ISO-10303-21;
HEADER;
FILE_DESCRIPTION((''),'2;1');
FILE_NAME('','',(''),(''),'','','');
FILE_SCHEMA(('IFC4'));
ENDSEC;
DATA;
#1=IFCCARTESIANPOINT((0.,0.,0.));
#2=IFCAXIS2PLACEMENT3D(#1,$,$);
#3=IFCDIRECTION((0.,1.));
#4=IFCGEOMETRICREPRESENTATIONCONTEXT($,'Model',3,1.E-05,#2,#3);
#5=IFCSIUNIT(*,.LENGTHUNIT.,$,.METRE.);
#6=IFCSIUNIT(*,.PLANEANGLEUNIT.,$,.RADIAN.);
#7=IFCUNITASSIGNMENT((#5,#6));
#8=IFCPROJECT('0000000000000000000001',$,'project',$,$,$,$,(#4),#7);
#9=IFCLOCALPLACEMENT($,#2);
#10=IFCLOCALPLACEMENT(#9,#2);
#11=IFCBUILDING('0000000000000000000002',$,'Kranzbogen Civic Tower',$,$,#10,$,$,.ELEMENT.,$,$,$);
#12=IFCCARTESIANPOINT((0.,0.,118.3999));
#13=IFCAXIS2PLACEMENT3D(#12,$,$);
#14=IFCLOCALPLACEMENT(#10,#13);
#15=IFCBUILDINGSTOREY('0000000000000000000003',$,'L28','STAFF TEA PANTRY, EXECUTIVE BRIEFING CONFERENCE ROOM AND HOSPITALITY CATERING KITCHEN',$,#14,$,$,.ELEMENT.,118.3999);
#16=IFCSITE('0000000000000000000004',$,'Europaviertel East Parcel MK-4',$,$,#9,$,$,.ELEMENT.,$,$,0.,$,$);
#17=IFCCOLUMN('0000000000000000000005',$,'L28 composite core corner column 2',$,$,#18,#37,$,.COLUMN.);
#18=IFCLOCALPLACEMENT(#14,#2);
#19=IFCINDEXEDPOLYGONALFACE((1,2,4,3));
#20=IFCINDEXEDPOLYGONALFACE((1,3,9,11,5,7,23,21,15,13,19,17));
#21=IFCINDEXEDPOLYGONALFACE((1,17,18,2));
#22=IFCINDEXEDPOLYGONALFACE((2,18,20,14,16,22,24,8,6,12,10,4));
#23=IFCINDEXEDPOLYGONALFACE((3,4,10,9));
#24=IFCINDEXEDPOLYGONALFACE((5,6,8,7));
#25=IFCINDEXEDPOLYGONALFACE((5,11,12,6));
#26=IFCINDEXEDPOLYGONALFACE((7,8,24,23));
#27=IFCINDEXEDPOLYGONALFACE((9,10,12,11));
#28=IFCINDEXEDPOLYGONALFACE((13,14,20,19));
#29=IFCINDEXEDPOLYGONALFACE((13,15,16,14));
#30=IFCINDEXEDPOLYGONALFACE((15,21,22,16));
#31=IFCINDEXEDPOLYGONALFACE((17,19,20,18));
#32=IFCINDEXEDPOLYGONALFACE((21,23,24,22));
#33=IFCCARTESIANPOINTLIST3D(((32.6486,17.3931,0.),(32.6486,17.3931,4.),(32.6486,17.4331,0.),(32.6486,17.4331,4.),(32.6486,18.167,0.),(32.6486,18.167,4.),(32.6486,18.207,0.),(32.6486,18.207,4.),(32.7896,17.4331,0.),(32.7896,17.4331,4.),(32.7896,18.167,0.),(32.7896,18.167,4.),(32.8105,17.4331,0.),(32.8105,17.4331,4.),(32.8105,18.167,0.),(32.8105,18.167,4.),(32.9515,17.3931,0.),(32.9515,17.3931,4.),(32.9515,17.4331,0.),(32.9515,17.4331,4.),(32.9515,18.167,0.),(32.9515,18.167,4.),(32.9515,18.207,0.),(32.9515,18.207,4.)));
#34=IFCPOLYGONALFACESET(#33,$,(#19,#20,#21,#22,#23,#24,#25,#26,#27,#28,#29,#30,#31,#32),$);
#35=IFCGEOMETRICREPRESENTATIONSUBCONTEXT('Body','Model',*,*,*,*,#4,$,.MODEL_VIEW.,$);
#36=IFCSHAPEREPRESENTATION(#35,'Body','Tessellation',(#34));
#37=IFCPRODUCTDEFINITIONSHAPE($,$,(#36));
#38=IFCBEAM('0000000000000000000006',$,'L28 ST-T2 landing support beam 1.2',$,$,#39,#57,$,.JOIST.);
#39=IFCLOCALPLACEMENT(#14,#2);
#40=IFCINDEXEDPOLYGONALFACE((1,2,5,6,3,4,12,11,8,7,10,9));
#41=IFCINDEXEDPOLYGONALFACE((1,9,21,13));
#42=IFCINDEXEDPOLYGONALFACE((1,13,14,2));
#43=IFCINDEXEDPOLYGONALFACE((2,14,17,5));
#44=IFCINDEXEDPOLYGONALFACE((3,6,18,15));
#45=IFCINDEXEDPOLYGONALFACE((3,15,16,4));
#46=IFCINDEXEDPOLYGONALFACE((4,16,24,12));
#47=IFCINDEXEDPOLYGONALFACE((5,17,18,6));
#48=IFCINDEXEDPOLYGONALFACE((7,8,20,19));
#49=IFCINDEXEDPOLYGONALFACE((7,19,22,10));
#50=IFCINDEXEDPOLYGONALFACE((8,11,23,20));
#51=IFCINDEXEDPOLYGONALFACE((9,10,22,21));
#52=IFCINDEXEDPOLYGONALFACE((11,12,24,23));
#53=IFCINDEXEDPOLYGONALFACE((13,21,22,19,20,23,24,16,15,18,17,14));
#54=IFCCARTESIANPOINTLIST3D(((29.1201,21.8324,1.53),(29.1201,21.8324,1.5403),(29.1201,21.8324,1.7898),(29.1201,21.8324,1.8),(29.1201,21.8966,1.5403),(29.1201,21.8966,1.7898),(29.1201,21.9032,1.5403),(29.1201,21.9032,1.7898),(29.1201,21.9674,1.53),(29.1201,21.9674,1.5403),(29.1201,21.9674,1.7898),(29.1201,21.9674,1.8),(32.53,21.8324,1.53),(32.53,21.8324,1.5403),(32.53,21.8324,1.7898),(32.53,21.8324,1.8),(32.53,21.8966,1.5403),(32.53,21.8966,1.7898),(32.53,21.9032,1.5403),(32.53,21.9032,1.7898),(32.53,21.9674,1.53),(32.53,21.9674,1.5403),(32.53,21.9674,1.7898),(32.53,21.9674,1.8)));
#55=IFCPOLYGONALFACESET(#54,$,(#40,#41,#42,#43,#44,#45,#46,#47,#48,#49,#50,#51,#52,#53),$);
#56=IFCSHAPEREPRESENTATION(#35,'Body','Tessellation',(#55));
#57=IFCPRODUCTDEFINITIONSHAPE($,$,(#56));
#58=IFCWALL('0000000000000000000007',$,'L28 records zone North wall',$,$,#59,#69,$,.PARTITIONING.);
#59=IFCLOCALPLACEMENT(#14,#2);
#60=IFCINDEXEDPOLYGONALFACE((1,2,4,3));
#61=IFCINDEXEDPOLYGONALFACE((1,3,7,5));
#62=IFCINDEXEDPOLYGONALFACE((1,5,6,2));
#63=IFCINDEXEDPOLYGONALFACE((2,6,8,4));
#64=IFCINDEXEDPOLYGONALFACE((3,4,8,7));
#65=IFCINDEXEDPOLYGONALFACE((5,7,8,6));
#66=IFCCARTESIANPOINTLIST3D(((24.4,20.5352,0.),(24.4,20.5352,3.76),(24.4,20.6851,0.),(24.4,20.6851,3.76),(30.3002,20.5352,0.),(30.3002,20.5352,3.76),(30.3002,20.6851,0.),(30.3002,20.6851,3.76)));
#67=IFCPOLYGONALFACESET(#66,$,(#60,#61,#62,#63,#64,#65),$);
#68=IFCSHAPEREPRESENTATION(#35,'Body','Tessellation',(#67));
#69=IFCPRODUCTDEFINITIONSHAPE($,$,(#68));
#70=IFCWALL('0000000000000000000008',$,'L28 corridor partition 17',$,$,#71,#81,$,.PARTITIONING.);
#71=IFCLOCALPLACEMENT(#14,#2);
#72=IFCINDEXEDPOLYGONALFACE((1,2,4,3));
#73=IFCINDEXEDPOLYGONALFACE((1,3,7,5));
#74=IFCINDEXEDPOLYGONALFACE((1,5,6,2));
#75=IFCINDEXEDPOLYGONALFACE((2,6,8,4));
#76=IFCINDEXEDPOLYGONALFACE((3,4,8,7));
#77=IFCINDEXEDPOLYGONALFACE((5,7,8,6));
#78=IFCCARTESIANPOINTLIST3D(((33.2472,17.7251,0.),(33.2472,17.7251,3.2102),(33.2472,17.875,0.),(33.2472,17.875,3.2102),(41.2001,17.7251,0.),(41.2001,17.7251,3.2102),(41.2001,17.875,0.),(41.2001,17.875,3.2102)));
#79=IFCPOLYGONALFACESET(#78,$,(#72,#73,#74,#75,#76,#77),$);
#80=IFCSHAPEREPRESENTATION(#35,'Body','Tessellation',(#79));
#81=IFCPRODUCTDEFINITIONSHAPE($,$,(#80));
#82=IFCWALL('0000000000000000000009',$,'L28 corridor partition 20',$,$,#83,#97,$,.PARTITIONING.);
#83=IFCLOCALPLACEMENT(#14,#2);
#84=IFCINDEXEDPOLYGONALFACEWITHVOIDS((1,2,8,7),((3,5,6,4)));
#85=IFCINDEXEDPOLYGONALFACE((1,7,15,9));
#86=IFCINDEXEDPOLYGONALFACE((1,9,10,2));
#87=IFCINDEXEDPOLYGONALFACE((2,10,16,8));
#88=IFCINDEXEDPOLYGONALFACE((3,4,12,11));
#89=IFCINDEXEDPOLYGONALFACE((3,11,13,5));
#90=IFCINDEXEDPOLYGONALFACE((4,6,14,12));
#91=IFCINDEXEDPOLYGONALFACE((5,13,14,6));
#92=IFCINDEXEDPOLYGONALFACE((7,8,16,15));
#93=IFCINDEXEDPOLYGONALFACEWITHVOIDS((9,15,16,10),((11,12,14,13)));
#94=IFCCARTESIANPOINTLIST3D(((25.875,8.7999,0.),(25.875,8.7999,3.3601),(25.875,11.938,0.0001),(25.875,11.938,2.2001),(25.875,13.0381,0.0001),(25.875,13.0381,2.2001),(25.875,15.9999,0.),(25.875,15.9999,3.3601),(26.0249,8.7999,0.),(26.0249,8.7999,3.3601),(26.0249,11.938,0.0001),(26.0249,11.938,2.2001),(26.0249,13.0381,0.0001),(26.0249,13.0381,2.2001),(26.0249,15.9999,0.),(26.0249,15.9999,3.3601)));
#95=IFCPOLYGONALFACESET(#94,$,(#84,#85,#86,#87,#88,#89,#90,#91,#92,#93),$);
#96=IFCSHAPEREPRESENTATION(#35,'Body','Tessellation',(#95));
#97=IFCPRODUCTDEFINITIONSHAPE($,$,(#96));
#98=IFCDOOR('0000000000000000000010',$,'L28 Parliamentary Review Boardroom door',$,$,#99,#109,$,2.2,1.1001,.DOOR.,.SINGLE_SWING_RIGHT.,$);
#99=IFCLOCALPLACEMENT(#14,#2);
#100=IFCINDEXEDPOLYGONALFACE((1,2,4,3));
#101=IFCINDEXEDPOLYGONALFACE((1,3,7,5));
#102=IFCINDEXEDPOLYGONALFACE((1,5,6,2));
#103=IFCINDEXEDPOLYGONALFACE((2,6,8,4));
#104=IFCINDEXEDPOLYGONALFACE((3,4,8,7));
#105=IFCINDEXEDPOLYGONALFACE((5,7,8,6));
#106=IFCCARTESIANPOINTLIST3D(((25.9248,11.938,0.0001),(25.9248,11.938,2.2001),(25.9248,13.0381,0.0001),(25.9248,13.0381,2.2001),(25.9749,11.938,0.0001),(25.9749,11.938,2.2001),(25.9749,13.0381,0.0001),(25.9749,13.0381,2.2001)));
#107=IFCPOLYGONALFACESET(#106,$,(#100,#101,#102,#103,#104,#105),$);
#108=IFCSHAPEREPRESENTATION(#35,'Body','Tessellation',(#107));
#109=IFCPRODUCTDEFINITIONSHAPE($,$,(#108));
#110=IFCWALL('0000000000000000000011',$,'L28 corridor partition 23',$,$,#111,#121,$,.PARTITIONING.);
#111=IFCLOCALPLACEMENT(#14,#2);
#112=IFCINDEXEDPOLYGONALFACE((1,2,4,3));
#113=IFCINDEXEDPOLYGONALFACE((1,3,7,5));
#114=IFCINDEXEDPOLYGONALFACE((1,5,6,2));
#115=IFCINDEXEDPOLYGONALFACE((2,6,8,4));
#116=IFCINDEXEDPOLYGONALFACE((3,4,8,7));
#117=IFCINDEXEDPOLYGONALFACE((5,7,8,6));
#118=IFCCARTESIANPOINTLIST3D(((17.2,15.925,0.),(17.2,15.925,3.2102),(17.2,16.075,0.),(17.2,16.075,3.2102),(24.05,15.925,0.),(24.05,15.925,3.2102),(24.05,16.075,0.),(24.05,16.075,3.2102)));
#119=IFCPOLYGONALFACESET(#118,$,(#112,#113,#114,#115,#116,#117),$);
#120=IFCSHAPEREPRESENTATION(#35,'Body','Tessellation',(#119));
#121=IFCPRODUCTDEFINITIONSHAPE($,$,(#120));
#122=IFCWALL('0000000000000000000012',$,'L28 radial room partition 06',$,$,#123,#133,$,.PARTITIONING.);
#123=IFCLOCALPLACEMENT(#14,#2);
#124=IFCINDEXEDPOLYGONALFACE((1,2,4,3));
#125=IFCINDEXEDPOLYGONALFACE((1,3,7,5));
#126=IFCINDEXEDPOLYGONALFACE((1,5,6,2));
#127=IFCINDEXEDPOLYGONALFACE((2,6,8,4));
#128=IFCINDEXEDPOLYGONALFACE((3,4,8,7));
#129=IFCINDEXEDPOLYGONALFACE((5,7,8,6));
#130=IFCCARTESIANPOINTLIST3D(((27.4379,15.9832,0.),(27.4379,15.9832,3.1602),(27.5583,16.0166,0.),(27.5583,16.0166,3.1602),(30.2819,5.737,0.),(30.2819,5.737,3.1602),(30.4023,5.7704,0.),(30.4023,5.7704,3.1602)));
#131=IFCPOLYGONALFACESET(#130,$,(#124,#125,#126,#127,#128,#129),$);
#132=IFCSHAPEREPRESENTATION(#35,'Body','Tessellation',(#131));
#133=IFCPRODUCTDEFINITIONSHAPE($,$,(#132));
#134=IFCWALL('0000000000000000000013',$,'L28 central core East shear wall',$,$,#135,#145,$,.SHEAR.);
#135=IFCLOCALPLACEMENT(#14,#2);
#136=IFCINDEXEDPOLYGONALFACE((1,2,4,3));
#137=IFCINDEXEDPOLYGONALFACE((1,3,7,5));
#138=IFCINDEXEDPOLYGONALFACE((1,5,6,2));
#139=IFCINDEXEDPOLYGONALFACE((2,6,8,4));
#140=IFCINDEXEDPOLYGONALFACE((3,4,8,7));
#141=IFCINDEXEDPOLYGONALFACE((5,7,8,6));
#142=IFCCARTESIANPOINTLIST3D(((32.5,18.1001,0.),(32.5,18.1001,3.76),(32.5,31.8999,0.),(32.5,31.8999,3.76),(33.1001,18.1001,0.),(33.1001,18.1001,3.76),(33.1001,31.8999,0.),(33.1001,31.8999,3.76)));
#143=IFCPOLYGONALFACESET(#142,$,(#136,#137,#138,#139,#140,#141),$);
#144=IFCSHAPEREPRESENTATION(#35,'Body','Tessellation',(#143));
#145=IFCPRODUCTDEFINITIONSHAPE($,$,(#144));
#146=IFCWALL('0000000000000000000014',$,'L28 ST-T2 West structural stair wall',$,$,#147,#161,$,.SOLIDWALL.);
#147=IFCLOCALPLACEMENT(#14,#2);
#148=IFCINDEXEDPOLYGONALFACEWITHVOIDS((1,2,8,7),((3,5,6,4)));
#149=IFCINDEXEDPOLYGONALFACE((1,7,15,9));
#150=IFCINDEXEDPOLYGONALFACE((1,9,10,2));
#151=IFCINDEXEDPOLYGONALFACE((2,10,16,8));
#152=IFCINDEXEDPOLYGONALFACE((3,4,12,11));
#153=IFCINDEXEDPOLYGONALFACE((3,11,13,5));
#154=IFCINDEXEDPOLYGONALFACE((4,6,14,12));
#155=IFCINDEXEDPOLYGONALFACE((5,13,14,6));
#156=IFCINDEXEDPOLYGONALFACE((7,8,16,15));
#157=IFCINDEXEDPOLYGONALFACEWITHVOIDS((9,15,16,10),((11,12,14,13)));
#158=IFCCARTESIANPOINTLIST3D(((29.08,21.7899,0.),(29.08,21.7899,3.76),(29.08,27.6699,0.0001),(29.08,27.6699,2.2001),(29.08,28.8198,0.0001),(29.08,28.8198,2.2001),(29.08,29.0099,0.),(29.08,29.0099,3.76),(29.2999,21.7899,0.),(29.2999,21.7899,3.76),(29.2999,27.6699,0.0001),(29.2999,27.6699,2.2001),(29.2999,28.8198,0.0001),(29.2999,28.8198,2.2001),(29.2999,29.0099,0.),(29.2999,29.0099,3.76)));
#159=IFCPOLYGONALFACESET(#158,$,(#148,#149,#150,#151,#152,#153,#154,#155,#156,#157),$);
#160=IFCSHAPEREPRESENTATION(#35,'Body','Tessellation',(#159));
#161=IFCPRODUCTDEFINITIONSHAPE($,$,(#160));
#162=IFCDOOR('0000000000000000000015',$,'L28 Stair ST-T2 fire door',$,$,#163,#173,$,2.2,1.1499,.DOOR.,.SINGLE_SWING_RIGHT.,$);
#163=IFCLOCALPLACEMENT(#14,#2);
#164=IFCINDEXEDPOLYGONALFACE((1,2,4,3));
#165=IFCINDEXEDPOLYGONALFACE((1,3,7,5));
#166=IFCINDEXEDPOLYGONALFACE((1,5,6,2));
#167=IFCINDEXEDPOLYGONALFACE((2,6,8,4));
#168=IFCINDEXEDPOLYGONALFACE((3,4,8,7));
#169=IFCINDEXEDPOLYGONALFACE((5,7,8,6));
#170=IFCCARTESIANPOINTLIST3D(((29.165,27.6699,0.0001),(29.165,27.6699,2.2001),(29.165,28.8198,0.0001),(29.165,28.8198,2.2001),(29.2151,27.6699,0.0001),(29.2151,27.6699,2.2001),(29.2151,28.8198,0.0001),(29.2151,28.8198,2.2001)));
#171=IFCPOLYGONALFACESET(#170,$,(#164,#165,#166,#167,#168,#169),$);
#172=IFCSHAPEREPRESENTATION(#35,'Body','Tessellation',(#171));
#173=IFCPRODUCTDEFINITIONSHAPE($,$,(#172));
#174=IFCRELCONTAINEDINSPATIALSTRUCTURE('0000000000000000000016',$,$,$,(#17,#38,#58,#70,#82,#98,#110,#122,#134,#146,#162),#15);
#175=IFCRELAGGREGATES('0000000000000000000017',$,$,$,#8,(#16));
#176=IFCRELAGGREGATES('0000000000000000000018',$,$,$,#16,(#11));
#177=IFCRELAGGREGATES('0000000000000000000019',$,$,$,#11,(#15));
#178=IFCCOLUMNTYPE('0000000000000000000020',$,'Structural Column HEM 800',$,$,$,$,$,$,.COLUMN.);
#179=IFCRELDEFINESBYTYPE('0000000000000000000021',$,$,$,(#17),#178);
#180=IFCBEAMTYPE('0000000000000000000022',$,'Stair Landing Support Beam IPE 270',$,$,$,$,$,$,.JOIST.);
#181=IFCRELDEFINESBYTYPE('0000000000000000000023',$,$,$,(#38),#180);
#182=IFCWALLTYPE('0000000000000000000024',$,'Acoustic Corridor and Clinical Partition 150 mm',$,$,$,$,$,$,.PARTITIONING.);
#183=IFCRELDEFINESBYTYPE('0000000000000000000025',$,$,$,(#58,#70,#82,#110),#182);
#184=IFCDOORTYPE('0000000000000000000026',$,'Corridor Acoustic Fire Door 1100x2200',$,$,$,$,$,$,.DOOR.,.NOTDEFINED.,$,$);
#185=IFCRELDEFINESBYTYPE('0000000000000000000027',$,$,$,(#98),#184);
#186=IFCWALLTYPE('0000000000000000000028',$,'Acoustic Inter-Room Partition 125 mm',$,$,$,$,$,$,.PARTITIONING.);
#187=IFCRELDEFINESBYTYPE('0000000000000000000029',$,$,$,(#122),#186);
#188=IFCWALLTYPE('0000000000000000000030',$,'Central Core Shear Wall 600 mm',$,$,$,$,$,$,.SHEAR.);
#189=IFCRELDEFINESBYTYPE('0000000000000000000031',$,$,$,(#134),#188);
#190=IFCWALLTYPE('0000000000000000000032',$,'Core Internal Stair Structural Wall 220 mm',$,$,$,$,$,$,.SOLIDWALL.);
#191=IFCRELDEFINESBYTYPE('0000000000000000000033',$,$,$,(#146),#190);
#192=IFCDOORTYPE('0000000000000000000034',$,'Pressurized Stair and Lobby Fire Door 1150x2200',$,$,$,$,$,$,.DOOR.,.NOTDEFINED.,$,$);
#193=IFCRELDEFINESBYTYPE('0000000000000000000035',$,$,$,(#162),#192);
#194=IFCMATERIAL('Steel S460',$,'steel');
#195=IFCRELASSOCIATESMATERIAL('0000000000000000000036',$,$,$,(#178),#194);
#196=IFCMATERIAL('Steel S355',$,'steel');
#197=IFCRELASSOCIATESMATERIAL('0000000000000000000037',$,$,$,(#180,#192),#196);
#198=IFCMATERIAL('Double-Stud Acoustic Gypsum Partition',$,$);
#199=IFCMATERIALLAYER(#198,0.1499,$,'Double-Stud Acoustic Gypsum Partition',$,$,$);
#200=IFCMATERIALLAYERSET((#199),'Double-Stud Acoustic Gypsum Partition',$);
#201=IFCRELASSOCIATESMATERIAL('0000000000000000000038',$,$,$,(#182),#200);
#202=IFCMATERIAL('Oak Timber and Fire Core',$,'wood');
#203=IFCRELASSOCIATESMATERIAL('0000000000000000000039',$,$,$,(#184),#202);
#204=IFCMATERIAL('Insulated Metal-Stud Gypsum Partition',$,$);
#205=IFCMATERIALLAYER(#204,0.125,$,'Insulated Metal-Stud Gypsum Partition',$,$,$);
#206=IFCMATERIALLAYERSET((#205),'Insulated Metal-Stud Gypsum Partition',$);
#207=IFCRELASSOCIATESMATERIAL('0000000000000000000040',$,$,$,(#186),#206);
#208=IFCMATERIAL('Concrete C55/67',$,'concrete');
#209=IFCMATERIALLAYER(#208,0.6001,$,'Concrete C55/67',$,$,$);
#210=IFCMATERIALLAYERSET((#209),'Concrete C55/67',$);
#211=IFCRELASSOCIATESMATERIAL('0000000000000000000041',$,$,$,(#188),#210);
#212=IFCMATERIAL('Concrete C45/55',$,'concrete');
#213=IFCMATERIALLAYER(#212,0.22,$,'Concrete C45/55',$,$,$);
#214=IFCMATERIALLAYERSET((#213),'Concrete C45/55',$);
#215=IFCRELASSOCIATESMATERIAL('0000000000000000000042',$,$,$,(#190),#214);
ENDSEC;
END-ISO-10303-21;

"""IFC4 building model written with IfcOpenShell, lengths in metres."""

from ifc_helpers import new_model, si_unit, direction, frame, frame_2d, origin, origin_2d, place, context, subcontext, project, spatial, rectangle, i_section, extrude, material, layer, layer_set, material_profile, profile_set, type_object, element, fill, save


model = new_model("IFC4")

# Units and contexts
model_context = context("Model", 3, precision=1e-05, world=origin(), true_north=direction((0.0, 1.0)))
body_context = subcontext(model_context, "Body", "Model", "MODEL_VIEW")
ifc_project = project(units=[si_unit("LENGTHUNIT", "METRE"), si_unit("PLANEANGLEUNIT", "RADIAN")], contexts=[model_context])

# Site, building, storey
site_placement = place(None, origin())
site = spatial("IfcSite", under=ifc_project, at=site_placement, Name="Europaviertel East Parcel MK-4", CompositionType="ELEMENT", RefElevation=0.0)
building_placement = place(site_placement, origin())
building = spatial("IfcBuilding", under=site, at=building_placement, Name="Kranzbogen Civic Tower", CompositionType="ELEMENT")
storey_placement = place(building_placement, frame((0.0, 0.0, 118.3999)))
storey = spatial("IfcBuildingStorey", under=building, at=storey_placement, Name="L28", Description="STAFF TEA PANTRY, EXECUTIVE BRIEFING CONFERENCE ROOM AND HOSPITALITY CATERING KITCHEN", CompositionType="ELEMENT", Elevation=118.3999)

# Column
ifc_material_1 = material(Name="Steel S460", Category="steel")
ifc_material_profile_1 = material_profile(ifc_material_1, i_section(OverallWidth=0.303, OverallDepth=0.814, WebThickness=0.021, FlangeThickness=0.04, at=origin_2d()), Name="HEM 800")
ifc_profile_set_1 = profile_set([ifc_material_profile_1], Name="Steel S460")
column_type = type_object("IfcColumnType", Name="Structural Column HEM 800", PredefinedType="COLUMN", material=ifc_profile_set_1)
column_placement = place(storey_placement, frame((32.8, 17.8, 0.0), z_axis=(0.0, 0.0, 1.0), x_axis=(1.0, 0.0, 0.0)))
element("IfcColumn", 1, at=column_placement, inside=storey, type_object=column_type, Name="L28 composite core corner column 2", PredefinedType="COLUMN", context=body_context, shape_type="SweptSolid", body=[
    extrude(i_section(OverallWidth=0.303, OverallDepth=0.814, WebThickness=0.021, FlangeThickness=0.04, at=origin_2d()), origin(), (0.0, 0.0, 1.0), 4.0),
])

# Beam
ifc_material_2 = material(Name="Steel S355", Category="steel")
ifc_material_profile_2 = material_profile(ifc_material_2, i_section(OverallWidth=0.135, OverallDepth=0.27, WebThickness=0.0066, FlangeThickness=0.0103, at=origin_2d()), Name="IPE 270")
ifc_profile_set_2 = profile_set([ifc_material_profile_2], Name="Steel S355")
beam_type = type_object("IfcBeamType", Name="Stair Landing Support Beam IPE 270", PredefinedType="JOIST", material=ifc_profile_set_2)
beam_placement = place(storey_placement, frame((29.1201, 21.8999, 1.665), z_axis=(1.0, 0.0, 0.0), x_axis=(0.0, 1.0, 0.0)))
element("IfcBeam", 2, at=beam_placement, inside=storey, type_object=beam_type, Name="L28 ST-T2 landing support beam 1.2", PredefinedType="JOIST", context=body_context, shape_type="SweptSolid", body=[
    extrude(i_section(OverallWidth=0.135, OverallDepth=0.27, WebThickness=0.0066, FlangeThickness=0.0103, at=origin_2d()), origin(), (0.0, 0.0, 1.0), 3.4099),
])

# Walls
ifc_material_3 = material(Name="Double-Stud Acoustic Gypsum Partition")
ifc_layer_1 = layer(ifc_material_3, 0.1499, Name="Double-Stud Acoustic Gypsum Partition")
ifc_layer_set_1 = layer_set([ifc_layer_1], Name="Double-Stud Acoustic Gypsum Partition")
wall_type_1 = type_object("IfcWallType", Name="Acoustic Corridor and Clinical Partition 150 mm", PredefinedType="PARTITIONING", material=ifc_layer_set_1)
wall_1_placement = place(storey_placement, frame((24.3999, 20.6101, 0.0), z_axis=(0.0, 0.0, 1.0), x_axis=(1.0, 0.0, 0.0)))
element("IfcWall", 3, at=wall_1_placement, inside=storey, type_object=wall_type_1, Name="L28 records zone North wall", PredefinedType="PARTITIONING", context=body_context, shape_type="SweptSolid", body=[
    extrude(rectangle(XDim=5.9001, YDim=0.1499, at=frame_2d((2.9502, 0.0))), origin(), (0.0, 0.0, 1.0), 3.76),
])
wall_2_placement = place(storey_placement, frame((33.2471, 17.8, 0.0), z_axis=(0.0, 0.0, 1.0), x_axis=(1.0, 0.0, 0.0)))
element("IfcWall", 4, at=wall_2_placement, inside=storey, type_object=wall_type_1, Name="L28 corridor partition 17", PredefinedType="PARTITIONING", context=body_context, shape_type="SweptSolid", body=[
    extrude(rectangle(XDim=7.9529, YDim=0.1499, at=frame_2d((3.9766, 0.0))), origin(), (0.0, 0.0, 1.0), 3.2102),
])

# Wall, opening, door
wall_3_placement = place(storey_placement, frame((25.95, 16.0, 0.0), z_axis=(0.0, 0.0, 1.0), x_axis=(0.0, -1.0, 0.0)))
wall_3 = element("IfcWall", 5, at=wall_3_placement, inside=storey, type_object=wall_type_1, Name="L28 corridor partition 20", PredefinedType="PARTITIONING", context=body_context, shape_type="SweptSolid", body=[
    extrude(rectangle(XDim=7.2, YDim=0.1499, at=frame_2d((3.6001, 0.0))), origin(), (0.0, 0.0, 1.0), 3.3601),
])
opening_1_placement = place(wall_3_placement, frame((2.9619, 0.0, 0.0)))
opening_1 = element("IfcOpeningElement", 6, at=opening_1_placement, cuts=wall_3, PredefinedType="OPENING", context=body_context, shape_type="SweptSolid", body=[
    extrude(rectangle(XDim=1.1001, YDim=2.2, at=frame_2d((0.55, 1.1001))), frame((0.0, 0.085, 0.0), z_axis=(0.0, -1.0, 0.0), x_axis=(1.0, 0.0, 0.0)), (0.0, 0.0, 1.0), 0.1699),
])
ifc_material_4 = material(Name="Oak Timber and Fire Core", Category="wood")
door_type_1 = type_object("IfcDoorType", Name="Corridor Acoustic Fire Door 1100x2200", OperationType="NOTDEFINED", PredefinedType="DOOR", material=ifc_material_4)
door_1_placement = place(opening_1_placement, origin())
door_1 = element("IfcDoor", 7, at=door_1_placement, inside=storey, type_object=door_type_1, Name="L28 Parliamentary Review Boardroom door", OperationType="SINGLE_SWING_RIGHT", OverallHeight=2.2, OverallWidth=1.1001, PredefinedType="DOOR", context=body_context, shape_type="SweptSolid", body=[
    extrude(rectangle(XDim=1.1001, YDim=2.2, at=frame_2d((0.55, 1.1001))), frame((0.0, 0.0249, 0.0), z_axis=(0.0, -1.0, 0.0), x_axis=(1.0, 0.0, 0.0)), (0.0, 0.0, 1.0), 0.05),
])
fill(opening_1, door_1)

# Walls
wall_4_placement = place(storey_placement, frame((24.05, 16.0, 0.0), z_axis=(0.0, 0.0, 1.0), x_axis=(-1.0, 0.0, 0.0)))
element("IfcWall", 8, at=wall_4_placement, inside=storey, type_object=wall_type_1, Name="L28 corridor partition 23", PredefinedType="PARTITIONING", context=body_context, shape_type="SweptSolid", body=[
    extrude(rectangle(XDim=6.8501, YDim=0.1499, at=frame_2d((3.425, 0.0))), origin(), (0.0, 0.0, 1.0), 3.2102),
])
ifc_material_5 = material(Name="Insulated Metal-Stud Gypsum Partition")
ifc_layer_2 = layer(ifc_material_5, 0.125, Name="Insulated Metal-Stud Gypsum Partition")
ifc_layer_set_2 = layer_set([ifc_layer_2], Name="Insulated Metal-Stud Gypsum Partition")
wall_type_2 = type_object("IfcWallType", Name="Acoustic Inter-Room Partition 125 mm", PredefinedType="PARTITIONING", material=ifc_layer_set_2)
wall_5_placement = place(storey_placement, frame((27.498, 16.0, 0.0), z_axis=(0.0, 0.0, 1.0), x_axis=(0.267457, -0.96357, 0.0)))
element("IfcWall", 9, at=wall_5_placement, inside=storey, type_object=wall_type_2, Name="L28 radial room partition 06", PredefinedType="PARTITIONING", context=body_context, shape_type="SweptSolid", body=[
    extrude(rectangle(XDim=10.6335, YDim=0.125, at=frame_2d((5.3169, 0.0))), origin(), (0.0, 0.0, 1.0), 3.1602),
])
ifc_material_6 = material(Name="Concrete C55/67", Category="concrete")
ifc_layer_3 = layer(ifc_material_6, 0.6001, Name="Concrete C55/67")
ifc_layer_set_3 = layer_set([ifc_layer_3], Name="Concrete C55/67")
wall_type_3 = type_object("IfcWallType", Name="Central Core Shear Wall 600 mm", PredefinedType="SHEAR", material=ifc_layer_set_3)
wall_6_placement = place(storey_placement, frame((32.8, 18.1001, 0.0), z_axis=(0.0, 0.0, 1.0), x_axis=(0.0, 1.0, 0.0)))
element("IfcWall", 10, at=wall_6_placement, inside=storey, type_object=wall_type_3, Name="L28 central core East shear wall", PredefinedType="SHEAR", context=body_context, shape_type="SweptSolid", body=[
    extrude(rectangle(XDim=13.7998, YDim=0.6001, at=frame_2d((6.8999, 0.0))), origin(), (0.0, 0.0, 1.0), 3.76),
])

# Wall, opening, door
ifc_material_7 = material(Name="Concrete C45/55", Category="concrete")
ifc_layer_4 = layer(ifc_material_7, 0.22, Name="Concrete C45/55")
ifc_layer_set_4 = layer_set([ifc_layer_4], Name="Concrete C45/55")
wall_type_4 = type_object("IfcWallType", Name="Core Internal Stair Structural Wall 220 mm", PredefinedType="SOLIDWALL", material=ifc_layer_set_4)
wall_7_placement = place(storey_placement, frame((29.1899, 21.79, 0.0), z_axis=(0.0, 0.0, 1.0), x_axis=(0.0, 1.0, 0.0)))
wall_7 = element("IfcWall", 11, at=wall_7_placement, inside=storey, type_object=wall_type_4, Name="L28 ST-T2 West structural stair wall", PredefinedType="SOLIDWALL", context=body_context, shape_type="SweptSolid", body=[
    extrude(rectangle(XDim=7.22, YDim=0.22, at=frame_2d((3.6099, 0.0))), origin(), (0.0, 0.0, 1.0), 3.76),
])
opening_2_placement = place(wall_7_placement, frame((5.8799, 0.0, 0.0)))
opening_2 = element("IfcOpeningElement", 12, at=opening_2_placement, cuts=wall_7, PredefinedType="OPENING", context=body_context, shape_type="SweptSolid", body=[
    extrude(rectangle(XDim=1.1499, YDim=2.2, at=frame_2d((0.575, 1.1001))), frame((0.0, 0.1201, 0.0), z_axis=(0.0, -1.0, 0.0), x_axis=(1.0, 0.0, 0.0)), (0.0, 0.0, 1.0), 0.24),
])
door_type_2 = type_object("IfcDoorType", Name="Pressurized Stair and Lobby Fire Door 1150x2200", OperationType="NOTDEFINED", PredefinedType="DOOR", material=ifc_material_2)
door_2_placement = place(opening_2_placement, origin())
door_2 = element("IfcDoor", 13, at=door_2_placement, inside=storey, type_object=door_type_2, Name="L28 Stair ST-T2 fire door", OperationType="SINGLE_SWING_RIGHT", OverallHeight=2.2, OverallWidth=1.1499, PredefinedType="DOOR", context=body_context, shape_type="SweptSolid", body=[
    extrude(rectangle(XDim=1.1499, YDim=2.2, at=frame_2d((0.575, 1.1001))), frame((0.0, 0.0249, 0.0), z_axis=(0.0, -1.0, 0.0), x_axis=(1.0, 0.0, 0.0)), (0.0, 0.0, 1.0), 0.05),
])
fill(opening_2, door_2)

save(model, "model.ifc")
